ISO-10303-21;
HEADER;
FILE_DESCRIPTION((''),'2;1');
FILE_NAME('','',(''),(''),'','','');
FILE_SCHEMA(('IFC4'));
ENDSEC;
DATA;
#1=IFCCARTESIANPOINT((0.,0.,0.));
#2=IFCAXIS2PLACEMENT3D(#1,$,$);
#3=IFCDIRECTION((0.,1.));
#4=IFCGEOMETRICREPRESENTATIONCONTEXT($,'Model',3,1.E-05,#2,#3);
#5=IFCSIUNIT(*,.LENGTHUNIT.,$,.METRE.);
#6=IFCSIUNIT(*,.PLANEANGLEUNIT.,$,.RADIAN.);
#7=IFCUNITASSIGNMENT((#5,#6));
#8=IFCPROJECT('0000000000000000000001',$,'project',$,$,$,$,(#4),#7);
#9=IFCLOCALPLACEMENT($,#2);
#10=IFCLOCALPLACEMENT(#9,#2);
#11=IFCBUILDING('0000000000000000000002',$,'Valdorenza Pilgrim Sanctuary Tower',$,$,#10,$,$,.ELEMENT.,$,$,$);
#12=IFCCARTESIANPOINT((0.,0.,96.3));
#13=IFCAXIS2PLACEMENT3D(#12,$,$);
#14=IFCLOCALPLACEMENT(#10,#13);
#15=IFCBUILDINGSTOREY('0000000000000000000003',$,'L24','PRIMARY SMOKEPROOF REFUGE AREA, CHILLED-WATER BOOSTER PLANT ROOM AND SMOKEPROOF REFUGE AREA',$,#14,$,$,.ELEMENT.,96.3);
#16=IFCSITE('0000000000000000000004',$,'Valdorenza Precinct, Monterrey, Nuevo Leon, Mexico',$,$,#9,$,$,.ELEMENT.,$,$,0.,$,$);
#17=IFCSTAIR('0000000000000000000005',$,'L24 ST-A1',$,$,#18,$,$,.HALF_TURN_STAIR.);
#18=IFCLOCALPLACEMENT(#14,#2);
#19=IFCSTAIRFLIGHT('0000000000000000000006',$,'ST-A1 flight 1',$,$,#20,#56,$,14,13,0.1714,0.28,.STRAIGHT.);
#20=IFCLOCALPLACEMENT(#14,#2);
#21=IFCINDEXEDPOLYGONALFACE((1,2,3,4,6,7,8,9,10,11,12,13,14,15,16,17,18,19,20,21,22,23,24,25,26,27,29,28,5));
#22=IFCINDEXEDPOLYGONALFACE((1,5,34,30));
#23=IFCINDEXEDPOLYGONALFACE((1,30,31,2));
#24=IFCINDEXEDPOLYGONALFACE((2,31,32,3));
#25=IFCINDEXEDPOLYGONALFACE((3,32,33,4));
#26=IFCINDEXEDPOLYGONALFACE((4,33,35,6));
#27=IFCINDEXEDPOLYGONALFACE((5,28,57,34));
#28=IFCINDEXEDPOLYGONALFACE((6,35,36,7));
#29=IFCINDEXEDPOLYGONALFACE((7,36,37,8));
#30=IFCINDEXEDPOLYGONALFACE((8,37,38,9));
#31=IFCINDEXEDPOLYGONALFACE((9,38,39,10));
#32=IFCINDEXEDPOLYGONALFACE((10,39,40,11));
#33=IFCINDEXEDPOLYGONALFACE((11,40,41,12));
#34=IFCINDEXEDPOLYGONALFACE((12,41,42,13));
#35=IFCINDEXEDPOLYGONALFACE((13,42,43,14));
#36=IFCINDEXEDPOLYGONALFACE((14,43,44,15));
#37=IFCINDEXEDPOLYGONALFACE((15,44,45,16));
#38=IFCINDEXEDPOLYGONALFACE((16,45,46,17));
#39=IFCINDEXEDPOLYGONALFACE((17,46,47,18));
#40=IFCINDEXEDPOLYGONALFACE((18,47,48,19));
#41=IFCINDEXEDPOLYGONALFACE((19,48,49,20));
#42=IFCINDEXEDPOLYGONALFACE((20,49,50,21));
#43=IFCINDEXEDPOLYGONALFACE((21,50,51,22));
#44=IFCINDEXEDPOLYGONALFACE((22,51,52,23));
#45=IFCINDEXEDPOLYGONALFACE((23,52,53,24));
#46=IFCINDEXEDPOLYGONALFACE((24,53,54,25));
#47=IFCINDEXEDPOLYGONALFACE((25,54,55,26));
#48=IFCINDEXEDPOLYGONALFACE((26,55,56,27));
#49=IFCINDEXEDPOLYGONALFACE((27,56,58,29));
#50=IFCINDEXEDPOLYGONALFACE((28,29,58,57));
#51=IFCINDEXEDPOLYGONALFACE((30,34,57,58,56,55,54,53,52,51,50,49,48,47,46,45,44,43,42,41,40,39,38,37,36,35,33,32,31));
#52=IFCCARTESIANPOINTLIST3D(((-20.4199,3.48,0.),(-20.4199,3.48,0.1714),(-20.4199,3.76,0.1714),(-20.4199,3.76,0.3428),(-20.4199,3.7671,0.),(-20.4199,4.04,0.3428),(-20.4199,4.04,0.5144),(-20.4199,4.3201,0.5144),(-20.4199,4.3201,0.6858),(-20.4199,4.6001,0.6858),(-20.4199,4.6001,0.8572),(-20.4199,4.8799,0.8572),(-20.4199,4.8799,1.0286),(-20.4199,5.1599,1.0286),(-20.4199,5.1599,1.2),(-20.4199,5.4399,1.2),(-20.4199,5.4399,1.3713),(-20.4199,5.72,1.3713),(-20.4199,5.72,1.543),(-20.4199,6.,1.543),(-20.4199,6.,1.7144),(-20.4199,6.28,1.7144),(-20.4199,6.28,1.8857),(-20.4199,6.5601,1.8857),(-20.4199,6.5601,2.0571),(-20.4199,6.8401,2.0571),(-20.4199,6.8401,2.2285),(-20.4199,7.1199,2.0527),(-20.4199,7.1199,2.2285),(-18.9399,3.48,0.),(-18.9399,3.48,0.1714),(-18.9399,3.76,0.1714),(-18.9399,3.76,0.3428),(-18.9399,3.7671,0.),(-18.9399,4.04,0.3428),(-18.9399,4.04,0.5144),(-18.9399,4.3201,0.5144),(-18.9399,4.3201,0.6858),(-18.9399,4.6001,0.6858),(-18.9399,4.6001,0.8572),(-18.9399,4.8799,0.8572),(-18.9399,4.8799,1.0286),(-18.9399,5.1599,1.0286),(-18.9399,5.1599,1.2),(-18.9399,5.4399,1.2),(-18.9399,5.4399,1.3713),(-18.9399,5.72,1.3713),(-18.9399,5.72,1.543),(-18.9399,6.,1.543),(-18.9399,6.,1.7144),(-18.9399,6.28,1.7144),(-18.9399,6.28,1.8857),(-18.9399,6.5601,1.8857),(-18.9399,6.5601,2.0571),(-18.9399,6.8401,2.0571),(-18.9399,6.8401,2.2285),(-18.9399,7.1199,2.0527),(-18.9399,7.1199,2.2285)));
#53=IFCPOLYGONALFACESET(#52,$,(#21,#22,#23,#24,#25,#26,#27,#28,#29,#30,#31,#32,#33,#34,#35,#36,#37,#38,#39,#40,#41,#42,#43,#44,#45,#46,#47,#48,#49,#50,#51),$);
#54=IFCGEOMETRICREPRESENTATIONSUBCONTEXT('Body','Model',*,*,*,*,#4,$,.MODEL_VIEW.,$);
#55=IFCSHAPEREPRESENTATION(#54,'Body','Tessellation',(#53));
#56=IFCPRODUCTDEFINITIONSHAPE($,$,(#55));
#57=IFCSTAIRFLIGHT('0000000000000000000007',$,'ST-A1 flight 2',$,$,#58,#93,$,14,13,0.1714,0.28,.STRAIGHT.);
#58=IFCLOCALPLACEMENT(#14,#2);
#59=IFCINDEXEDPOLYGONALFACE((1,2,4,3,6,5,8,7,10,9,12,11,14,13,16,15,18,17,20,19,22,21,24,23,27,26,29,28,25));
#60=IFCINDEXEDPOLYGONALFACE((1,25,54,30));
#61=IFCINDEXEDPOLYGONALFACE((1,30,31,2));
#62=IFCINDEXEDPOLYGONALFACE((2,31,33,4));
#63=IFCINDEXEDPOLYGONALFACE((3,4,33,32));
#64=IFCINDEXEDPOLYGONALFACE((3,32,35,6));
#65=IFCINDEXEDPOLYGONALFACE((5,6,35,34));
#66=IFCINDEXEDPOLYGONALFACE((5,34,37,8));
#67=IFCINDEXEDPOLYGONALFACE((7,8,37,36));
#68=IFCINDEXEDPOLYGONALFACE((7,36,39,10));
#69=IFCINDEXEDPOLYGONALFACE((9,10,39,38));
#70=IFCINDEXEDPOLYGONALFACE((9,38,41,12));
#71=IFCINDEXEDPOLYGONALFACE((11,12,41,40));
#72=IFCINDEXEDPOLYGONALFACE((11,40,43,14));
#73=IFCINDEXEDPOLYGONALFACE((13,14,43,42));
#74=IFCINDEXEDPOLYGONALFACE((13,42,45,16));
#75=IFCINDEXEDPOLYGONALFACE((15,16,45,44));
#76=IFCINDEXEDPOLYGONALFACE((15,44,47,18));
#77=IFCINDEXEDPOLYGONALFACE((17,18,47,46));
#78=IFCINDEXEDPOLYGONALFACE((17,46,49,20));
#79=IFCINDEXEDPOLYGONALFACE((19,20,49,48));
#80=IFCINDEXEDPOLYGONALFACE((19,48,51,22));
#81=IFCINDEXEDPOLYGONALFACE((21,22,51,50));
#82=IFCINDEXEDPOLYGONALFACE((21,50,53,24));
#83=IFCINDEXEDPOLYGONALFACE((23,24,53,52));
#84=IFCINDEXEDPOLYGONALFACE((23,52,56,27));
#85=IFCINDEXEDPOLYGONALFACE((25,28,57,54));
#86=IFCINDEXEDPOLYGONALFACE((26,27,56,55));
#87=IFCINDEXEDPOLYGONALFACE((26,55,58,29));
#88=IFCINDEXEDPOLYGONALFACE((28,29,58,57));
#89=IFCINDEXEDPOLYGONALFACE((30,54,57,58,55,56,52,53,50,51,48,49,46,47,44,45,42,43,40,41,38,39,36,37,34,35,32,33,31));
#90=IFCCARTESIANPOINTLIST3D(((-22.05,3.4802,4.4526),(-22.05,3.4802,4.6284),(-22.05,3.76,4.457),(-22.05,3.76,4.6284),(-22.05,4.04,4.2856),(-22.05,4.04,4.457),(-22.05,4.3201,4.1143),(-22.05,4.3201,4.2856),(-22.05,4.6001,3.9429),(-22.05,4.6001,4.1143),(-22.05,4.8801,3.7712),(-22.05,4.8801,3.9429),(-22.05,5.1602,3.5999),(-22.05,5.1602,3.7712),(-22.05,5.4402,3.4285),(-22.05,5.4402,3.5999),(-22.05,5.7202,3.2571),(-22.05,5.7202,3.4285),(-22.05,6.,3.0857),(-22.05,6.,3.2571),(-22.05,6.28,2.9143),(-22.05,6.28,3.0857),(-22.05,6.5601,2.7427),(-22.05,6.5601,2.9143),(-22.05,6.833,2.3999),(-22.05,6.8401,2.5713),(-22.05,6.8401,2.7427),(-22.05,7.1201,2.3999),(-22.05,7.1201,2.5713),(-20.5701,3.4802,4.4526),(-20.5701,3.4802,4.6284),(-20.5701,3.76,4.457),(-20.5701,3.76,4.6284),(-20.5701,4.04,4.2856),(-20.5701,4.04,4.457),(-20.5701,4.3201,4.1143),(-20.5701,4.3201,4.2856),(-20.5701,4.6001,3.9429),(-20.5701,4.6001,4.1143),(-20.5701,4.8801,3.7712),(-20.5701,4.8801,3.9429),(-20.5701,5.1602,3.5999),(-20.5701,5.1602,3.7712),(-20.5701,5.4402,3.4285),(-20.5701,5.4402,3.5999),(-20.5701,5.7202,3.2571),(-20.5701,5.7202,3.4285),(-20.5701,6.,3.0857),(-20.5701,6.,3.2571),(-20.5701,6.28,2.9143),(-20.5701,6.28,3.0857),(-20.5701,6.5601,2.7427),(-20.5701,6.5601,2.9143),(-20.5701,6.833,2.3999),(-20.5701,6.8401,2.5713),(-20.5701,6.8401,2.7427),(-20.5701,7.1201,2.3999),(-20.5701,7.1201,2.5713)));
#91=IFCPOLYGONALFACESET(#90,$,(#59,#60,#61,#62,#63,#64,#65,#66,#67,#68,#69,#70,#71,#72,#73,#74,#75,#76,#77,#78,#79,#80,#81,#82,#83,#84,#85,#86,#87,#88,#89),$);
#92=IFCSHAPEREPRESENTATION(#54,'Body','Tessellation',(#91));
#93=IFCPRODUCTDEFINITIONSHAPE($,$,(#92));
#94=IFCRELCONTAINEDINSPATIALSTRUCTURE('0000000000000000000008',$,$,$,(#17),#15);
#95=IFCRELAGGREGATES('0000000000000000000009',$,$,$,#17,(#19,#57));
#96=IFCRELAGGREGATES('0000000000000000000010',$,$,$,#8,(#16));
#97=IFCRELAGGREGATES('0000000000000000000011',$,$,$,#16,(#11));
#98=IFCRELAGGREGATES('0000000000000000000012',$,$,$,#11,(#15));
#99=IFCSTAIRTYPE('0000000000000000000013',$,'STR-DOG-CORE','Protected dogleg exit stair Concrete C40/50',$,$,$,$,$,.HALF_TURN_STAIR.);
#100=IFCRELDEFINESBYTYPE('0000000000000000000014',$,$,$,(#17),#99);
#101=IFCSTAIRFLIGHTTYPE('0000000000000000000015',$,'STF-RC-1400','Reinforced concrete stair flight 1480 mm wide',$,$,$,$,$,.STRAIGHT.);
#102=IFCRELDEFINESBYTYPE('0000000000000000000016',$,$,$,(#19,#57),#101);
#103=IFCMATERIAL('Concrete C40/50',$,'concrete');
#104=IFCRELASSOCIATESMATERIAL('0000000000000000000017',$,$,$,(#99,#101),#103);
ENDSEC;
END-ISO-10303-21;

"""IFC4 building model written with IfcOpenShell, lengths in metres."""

from ifc_helpers import new_model, si_unit, direction, frame, origin, place, context, subcontext, project, spatial, polyline, outline, extrude, material, type_object, element, aggregate, save


model = new_model("IFC4")

# Units and contexts
model_context = context("Model", 3, precision=1e-05, world=origin(), true_north=direction((0.0, 1.0)))
body_context = subcontext(model_context, "Body", "Model", "MODEL_VIEW")
ifc_project = project(units=[si_unit("LENGTHUNIT", "METRE"), si_unit("PLANEANGLEUNIT", "RADIAN")], contexts=[model_context])

# Site, building, storey
site_placement = place(None, origin())
site = spatial("IfcSite", under=ifc_project, at=site_placement, Name="Valdorenza Precinct, Monterrey, Nuevo Leon, Mexico", CompositionType="ELEMENT", RefElevation=0.0)
building_placement = place(site_placement, origin())
building = spatial("IfcBuilding", under=site, at=building_placement, Name="Valdorenza Pilgrim Sanctuary Tower", CompositionType="ELEMENT")
storey_placement = place(building_placement, frame((0.0, 0.0, 96.3)))
storey = spatial("IfcBuildingStorey", under=building, at=storey_placement, Name="L24", Description="PRIMARY SMOKEPROOF REFUGE AREA, CHILLED-WATER BOOSTER PLANT ROOM AND SMOKEPROOF REFUGE AREA", CompositionType="ELEMENT", Elevation=96.3)

# Shared definitions
ifc_material_1 = material(Name="Concrete C40/50", Category="concrete")

# Stair, stair flights
stair_type = type_object("IfcStairType", Name="STR-DOG-CORE", Description="Protected dogleg exit stair Concrete C40/50", PredefinedType="HALF_TURN_STAIR", material=ifc_material_1)
stair_placement = place(storey_placement, origin())
stair = element("IfcStair", 1, at=stair_placement, inside=storey, type_object=stair_type, Name="L24 ST-A1", PredefinedType="HALF_TURN_STAIR")
stair_flight_type = type_object("IfcStairFlightType", Name="STF-RC-1400", Description="Reinforced concrete stair flight 1480 mm wide", PredefinedType="STRAIGHT", material=ifc_material_1)
stair_flight_1_placement = place(storey_placement, frame((-19.6799, 3.48, 0.0), z_axis=(0.0, 0.0, 1.0), x_axis=(0.0, 1.0, 0.0)))
stair_flight_1 = element("IfcStairFlight", 2, at=stair_flight_1_placement, type_object=stair_flight_type, Name="ST-A1 flight 1", NumberOfRisers=14, NumberOfTreads=13, PredefinedType="STRAIGHT", RiserHeight=0.1714, TreadLength=0.28, context=body_context, shape_type="SweptSolid", body=[
    extrude(outline(polyline([(0.0, 0.0), (0.0, 0.1714), (0.28, 0.1714), (0.28, 0.3428), (0.5601, 0.3428), (0.5601, 0.5144), (0.8401, 0.5144), (0.8401, 0.6858), (1.1201, 0.6858), (1.1201, 0.8572), (1.3999, 0.8572), (1.3999, 1.0286), (1.6799, 1.0286), (1.6799, 1.2), (1.96, 1.2), (1.96, 1.3713), (2.24, 1.3713), (2.24, 1.543), (2.52, 1.543), (2.52, 1.7144), (2.8, 1.7144), (2.8, 1.8857), (3.0801, 1.8857), (3.0801, 2.0571), (3.3601, 2.0571), (3.3601, 2.2285), (3.6399, 2.2285), (3.6399, 2.3999), (3.6399, 2.0527), (0.2871, 0.0), (0.0, 0.0)])), frame((0.0, 0.74, 0.0), z_axis=(0.0, -1.0, 0.0), x_axis=(1.0, 0.0, 0.0)), (0.0, 0.0, 1.0), 1.48),
])
stair_flight_2_placement = place(storey_placement, frame((-21.3101, 7.1201, 2.3999), z_axis=(0.0, 0.0, 1.0), x_axis=(0.0, -1.0, 0.0)))
stair_flight_2 = element("IfcStairFlight", 3, at=stair_flight_2_placement, type_object=stair_flight_type, Name="ST-A1 flight 2", NumberOfRisers=14, NumberOfTreads=13, PredefinedType="STRAIGHT", RiserHeight=0.1714, TreadLength=0.28, context=body_context, shape_type="SweptSolid", body=[
    extrude(outline(polyline([(0.0, 0.0), (0.0, 0.1714), (0.28, 0.1714), (0.28, 0.3428), (0.5601, 0.3428), (0.5601, 0.5144), (0.8401, 0.5144), (0.8401, 0.6858), (1.1201, 0.6858), (1.1201, 0.8572), (1.3999, 0.8572), (1.3999, 1.0286), (1.6799, 1.0286), (1.6799, 1.2), (1.96, 1.2), (1.96, 1.3713), (2.24, 1.3713), (2.24, 1.543), (2.52, 1.543), (2.52, 1.7144), (2.8, 1.7144), (2.8, 1.8857), (3.0801, 1.8857), (3.0801, 2.0571), (3.3601, 2.0571), (3.3601, 2.2285), (3.6399, 2.2285), (3.6399, 2.3999), (3.6399, 2.0527), (0.2871, 0.0), (0.0, 0.0)])), frame((0.0, 0.74, 0.0), z_axis=(0.0, -1.0, 0.0), x_axis=(1.0, 0.0, 0.0)), (0.0, 0.0, 1.0), 1.48),
])
aggregate(stair, [stair_flight_1, stair_flight_2])

save(model, "model.ifc")
